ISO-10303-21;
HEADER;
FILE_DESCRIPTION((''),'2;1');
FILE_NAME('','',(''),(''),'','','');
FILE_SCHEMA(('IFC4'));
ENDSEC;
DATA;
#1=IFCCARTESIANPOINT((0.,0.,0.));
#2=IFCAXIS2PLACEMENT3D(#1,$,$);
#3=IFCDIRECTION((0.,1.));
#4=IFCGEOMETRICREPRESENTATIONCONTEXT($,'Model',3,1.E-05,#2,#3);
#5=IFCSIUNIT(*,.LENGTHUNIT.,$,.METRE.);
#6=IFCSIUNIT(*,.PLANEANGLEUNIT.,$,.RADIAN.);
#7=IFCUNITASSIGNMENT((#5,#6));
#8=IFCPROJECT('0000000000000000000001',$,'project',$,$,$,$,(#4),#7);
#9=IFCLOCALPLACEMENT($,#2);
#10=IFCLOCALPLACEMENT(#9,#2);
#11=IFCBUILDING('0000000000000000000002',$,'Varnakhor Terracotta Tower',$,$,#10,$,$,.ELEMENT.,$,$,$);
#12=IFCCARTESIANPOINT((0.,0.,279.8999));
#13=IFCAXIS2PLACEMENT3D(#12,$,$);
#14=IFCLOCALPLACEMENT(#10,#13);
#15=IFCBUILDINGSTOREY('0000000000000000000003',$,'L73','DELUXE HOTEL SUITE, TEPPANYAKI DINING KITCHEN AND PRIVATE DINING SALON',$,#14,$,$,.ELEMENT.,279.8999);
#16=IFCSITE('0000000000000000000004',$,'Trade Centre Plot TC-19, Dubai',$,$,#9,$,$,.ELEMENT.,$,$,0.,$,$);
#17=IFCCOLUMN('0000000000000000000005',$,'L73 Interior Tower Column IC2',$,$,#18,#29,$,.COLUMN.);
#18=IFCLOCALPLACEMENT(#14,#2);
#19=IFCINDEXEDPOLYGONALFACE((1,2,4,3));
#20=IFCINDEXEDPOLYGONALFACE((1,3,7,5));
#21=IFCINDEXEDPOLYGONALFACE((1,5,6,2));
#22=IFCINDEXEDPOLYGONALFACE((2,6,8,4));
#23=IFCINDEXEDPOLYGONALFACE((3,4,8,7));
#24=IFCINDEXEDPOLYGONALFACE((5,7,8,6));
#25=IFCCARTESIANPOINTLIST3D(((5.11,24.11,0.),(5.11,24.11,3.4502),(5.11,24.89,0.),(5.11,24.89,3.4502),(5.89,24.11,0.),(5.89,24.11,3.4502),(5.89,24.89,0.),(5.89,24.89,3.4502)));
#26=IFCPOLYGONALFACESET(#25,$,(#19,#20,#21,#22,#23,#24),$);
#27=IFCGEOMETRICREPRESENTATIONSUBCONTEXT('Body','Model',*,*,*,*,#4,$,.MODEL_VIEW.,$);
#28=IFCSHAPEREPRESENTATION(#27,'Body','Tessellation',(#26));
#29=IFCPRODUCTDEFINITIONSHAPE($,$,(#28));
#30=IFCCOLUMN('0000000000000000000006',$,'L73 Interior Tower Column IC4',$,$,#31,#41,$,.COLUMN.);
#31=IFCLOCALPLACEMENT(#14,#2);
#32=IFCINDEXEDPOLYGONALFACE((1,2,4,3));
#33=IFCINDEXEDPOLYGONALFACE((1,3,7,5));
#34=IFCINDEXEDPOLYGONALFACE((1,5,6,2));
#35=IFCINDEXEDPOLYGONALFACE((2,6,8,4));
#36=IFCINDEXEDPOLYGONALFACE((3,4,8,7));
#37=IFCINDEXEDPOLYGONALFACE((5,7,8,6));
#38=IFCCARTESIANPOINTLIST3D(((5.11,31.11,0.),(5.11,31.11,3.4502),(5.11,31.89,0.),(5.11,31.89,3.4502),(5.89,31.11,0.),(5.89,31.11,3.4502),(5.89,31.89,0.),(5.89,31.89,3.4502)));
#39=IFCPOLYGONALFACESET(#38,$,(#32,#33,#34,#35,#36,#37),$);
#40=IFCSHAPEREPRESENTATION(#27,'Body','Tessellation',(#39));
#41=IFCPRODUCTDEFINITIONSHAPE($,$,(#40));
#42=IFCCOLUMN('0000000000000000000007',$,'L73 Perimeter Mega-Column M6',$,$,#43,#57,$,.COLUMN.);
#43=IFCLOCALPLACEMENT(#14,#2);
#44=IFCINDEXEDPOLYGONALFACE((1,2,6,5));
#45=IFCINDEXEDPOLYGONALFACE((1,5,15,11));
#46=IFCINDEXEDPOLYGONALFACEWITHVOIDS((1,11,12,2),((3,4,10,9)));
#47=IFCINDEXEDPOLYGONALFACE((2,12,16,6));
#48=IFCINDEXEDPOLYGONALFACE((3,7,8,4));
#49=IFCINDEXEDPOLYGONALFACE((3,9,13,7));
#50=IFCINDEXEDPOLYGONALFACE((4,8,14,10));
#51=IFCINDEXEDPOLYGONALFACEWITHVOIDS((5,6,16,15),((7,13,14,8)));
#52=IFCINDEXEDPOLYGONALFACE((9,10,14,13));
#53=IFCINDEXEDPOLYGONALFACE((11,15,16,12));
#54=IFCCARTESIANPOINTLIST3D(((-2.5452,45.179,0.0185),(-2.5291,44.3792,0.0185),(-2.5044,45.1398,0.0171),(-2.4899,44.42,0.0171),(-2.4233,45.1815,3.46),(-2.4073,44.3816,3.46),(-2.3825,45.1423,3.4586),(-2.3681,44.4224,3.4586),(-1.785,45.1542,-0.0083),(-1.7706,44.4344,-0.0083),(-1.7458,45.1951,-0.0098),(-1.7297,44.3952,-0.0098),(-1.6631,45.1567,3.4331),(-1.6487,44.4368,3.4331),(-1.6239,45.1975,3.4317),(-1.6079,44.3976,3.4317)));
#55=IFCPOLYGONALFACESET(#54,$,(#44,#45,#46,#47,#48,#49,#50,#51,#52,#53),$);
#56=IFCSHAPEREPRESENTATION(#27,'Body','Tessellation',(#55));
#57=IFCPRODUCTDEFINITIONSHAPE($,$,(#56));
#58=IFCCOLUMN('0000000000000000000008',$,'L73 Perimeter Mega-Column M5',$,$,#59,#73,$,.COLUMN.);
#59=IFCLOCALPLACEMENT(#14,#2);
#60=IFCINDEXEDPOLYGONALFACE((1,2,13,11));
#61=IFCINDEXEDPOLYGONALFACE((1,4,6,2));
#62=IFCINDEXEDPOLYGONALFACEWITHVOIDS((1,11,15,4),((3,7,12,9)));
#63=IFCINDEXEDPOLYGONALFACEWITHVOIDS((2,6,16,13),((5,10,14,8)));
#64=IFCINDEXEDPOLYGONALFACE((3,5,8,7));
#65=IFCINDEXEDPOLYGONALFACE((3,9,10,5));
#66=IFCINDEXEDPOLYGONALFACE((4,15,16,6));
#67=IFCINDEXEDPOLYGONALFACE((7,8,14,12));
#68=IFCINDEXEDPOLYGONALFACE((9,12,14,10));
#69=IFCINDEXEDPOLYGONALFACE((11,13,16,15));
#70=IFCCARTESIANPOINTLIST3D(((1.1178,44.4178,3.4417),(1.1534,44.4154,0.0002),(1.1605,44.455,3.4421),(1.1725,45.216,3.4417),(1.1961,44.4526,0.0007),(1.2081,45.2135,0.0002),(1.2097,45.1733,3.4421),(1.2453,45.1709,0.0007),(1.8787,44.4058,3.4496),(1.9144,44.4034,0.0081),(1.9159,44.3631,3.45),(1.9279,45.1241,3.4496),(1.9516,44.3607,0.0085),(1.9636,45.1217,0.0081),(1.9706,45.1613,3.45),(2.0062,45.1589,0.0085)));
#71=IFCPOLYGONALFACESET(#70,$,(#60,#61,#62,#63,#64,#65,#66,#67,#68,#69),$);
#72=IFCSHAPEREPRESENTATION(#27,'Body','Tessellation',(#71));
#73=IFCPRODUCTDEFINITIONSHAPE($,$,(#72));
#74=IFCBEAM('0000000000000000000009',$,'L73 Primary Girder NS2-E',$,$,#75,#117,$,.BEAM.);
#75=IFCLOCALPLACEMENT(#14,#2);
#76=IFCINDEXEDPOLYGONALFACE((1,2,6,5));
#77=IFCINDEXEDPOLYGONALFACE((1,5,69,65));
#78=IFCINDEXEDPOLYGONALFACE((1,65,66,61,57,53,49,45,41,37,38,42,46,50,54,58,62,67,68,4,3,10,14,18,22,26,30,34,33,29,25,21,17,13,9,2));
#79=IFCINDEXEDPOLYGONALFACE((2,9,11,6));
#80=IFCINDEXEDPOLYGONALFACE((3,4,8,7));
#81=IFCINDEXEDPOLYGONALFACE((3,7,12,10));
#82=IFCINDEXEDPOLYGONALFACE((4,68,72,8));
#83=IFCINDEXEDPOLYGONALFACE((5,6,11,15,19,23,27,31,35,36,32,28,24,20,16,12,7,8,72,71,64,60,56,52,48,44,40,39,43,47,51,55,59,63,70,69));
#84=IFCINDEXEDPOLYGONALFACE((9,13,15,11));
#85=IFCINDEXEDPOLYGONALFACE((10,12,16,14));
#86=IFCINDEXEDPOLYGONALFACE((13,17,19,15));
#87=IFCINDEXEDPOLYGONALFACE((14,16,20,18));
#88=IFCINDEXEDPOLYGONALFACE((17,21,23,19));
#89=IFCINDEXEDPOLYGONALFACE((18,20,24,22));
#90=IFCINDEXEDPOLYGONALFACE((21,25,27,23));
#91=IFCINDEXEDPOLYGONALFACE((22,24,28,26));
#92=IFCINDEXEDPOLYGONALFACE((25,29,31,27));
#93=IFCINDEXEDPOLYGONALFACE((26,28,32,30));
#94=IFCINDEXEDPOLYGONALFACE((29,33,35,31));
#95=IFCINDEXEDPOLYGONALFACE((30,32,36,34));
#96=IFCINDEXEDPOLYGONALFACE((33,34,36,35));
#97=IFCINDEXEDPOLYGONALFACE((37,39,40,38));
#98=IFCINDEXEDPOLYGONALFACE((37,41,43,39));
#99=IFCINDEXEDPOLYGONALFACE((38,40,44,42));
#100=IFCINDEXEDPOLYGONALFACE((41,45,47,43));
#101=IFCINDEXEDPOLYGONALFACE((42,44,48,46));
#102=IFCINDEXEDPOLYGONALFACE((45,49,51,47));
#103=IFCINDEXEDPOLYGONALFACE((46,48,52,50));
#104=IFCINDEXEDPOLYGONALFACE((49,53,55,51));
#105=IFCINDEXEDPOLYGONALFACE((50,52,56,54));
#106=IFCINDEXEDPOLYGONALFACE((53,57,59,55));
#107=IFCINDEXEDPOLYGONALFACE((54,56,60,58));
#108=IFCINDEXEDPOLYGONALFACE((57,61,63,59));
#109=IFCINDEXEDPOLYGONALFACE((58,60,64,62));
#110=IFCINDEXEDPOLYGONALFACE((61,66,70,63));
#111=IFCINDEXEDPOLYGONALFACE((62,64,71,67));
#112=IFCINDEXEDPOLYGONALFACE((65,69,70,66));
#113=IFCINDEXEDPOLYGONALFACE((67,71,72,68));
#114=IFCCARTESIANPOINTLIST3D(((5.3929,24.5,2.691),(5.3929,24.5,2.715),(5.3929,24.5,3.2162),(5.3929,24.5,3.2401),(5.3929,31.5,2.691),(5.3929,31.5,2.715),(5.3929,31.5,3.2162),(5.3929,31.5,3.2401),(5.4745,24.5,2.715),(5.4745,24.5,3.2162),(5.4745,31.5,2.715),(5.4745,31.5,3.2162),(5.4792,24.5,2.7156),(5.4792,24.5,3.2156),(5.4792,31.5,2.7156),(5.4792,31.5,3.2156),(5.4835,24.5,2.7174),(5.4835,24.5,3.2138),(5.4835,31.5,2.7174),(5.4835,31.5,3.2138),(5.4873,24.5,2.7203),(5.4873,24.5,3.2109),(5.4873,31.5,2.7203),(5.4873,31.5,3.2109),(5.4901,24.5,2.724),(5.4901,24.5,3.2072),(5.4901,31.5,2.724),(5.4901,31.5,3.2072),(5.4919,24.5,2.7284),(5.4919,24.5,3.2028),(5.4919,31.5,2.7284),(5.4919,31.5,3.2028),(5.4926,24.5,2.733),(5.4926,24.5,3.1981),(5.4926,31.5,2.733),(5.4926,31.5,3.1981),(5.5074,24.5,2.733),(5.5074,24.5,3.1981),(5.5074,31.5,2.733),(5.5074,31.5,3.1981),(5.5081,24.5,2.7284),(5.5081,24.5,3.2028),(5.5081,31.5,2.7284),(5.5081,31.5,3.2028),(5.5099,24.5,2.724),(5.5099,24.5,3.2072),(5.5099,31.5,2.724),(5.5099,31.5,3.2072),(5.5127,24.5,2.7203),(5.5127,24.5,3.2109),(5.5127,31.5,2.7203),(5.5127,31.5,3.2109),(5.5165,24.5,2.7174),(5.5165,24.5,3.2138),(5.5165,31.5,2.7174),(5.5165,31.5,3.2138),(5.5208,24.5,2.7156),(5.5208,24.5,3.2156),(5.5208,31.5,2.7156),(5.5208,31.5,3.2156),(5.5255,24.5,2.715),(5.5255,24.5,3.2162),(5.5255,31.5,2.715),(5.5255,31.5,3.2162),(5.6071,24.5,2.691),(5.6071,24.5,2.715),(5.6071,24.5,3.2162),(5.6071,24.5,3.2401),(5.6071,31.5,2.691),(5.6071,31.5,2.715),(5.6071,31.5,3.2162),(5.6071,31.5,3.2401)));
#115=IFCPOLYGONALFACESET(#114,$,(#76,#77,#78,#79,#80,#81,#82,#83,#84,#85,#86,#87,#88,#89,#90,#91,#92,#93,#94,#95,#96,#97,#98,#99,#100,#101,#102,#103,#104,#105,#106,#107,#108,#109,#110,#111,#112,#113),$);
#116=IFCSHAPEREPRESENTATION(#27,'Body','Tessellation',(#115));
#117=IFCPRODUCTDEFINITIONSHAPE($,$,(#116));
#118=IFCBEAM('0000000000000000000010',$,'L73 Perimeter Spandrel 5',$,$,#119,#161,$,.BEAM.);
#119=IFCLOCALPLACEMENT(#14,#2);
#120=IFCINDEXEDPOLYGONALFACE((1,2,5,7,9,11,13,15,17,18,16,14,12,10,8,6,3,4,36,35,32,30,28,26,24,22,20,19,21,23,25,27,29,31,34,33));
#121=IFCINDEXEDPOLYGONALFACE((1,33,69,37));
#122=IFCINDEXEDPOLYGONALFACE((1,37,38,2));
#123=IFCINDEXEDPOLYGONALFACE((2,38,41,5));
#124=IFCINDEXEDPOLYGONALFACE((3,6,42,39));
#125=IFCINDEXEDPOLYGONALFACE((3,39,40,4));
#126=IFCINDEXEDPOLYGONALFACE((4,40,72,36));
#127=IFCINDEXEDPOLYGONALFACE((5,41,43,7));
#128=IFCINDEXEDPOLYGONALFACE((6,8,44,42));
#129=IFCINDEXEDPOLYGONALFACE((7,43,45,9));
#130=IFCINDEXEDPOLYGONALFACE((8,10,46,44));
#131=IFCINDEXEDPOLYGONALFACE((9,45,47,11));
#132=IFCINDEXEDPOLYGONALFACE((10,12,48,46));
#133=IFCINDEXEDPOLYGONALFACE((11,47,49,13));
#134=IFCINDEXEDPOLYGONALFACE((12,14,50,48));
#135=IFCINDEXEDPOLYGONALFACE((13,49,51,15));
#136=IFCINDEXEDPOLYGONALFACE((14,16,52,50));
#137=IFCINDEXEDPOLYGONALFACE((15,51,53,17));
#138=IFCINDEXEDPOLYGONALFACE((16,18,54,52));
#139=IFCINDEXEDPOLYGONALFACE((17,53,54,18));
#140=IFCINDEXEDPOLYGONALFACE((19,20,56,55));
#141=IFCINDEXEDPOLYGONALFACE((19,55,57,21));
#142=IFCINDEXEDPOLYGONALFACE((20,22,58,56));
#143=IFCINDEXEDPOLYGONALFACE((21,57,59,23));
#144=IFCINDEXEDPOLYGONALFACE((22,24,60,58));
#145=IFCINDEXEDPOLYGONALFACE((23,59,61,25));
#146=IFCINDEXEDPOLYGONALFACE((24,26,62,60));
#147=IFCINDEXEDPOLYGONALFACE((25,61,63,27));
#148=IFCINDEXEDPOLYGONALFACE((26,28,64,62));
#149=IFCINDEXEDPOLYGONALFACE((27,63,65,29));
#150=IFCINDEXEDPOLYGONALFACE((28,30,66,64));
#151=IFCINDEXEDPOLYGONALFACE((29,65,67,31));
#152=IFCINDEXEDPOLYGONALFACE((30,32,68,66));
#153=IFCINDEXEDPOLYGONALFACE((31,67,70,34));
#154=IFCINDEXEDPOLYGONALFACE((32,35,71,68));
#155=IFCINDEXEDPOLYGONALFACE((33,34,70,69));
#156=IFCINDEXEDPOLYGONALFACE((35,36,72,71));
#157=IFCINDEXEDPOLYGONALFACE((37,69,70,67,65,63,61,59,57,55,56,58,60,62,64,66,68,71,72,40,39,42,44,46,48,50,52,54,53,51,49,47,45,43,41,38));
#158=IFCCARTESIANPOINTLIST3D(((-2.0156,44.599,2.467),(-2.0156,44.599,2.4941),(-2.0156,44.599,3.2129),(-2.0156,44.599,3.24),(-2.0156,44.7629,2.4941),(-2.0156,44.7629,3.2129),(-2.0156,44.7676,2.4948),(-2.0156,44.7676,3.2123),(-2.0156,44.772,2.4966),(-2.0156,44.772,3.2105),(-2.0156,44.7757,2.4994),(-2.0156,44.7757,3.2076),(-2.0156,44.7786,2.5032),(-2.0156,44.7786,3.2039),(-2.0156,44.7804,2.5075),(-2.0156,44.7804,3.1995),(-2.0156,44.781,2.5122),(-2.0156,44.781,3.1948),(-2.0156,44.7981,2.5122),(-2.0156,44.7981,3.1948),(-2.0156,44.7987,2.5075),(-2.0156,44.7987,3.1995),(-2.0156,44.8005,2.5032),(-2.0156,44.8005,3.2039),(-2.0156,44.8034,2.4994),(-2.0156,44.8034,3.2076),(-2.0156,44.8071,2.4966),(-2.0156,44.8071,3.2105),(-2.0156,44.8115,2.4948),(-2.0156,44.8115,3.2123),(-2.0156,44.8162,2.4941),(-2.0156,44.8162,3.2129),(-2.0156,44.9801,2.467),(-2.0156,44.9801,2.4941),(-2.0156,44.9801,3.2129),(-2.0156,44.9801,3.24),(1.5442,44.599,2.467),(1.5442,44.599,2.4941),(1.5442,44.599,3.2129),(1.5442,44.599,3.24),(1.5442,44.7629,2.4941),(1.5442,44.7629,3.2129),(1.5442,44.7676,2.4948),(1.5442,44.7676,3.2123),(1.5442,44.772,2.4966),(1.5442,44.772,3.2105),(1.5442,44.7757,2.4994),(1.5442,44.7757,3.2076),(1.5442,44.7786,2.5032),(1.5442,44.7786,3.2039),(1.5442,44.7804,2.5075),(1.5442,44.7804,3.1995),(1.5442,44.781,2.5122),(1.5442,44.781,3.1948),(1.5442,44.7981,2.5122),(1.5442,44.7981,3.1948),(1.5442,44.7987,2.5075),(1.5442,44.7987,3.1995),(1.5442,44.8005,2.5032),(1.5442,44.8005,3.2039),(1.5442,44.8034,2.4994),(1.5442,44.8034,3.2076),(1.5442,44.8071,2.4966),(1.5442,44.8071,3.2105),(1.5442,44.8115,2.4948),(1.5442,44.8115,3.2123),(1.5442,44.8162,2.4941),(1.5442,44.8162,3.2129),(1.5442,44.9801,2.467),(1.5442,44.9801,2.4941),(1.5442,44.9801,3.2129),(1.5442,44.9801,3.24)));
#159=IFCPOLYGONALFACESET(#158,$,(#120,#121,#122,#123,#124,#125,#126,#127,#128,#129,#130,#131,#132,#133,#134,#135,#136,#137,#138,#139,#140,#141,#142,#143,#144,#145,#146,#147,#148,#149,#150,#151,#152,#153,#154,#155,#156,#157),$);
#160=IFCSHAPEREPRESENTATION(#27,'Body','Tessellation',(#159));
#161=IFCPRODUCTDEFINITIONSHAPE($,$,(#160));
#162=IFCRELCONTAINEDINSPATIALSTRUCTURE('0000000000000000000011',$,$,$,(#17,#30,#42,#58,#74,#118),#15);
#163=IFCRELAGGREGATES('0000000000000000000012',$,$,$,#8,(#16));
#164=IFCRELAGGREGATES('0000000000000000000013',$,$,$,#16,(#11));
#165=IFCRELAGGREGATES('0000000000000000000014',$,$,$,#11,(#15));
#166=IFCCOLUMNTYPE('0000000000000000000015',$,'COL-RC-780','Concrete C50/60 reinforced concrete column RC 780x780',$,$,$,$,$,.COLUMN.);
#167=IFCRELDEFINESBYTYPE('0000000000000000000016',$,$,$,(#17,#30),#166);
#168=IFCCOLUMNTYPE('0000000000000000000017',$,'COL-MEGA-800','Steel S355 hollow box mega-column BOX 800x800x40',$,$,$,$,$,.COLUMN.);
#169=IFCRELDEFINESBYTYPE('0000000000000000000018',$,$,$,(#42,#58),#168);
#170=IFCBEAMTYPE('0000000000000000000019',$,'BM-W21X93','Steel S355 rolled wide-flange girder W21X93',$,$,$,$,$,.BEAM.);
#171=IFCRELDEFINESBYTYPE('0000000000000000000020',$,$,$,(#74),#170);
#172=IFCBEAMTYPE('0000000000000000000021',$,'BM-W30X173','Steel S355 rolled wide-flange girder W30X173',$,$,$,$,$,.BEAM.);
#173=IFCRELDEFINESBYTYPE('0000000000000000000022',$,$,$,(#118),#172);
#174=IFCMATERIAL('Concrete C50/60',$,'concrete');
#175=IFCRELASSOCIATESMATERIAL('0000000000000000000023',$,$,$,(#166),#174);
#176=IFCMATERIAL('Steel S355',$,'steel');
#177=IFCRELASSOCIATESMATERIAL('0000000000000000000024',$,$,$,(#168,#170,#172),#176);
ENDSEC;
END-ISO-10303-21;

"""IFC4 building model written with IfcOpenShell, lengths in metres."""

from ifc_helpers import new_model, si_unit, direction, frame, origin, origin_2d, place, context, subcontext, project, spatial, rectangle, hollow_rectangle, i_section, extrude, source, transform, mapped, material, material_profile, profile_set, type_object, element, save


model = new_model("IFC4")

# Units and contexts
model_context = context("Model", 3, precision=1e-05, world=origin(), true_north=direction((0.0, 1.0)))
body_context = subcontext(model_context, "Body", "Model", "MODEL_VIEW")
ifc_project = project(units=[si_unit("LENGTHUNIT", "METRE"), si_unit("PLANEANGLEUNIT", "RADIAN")], contexts=[model_context])

# Site, building, storey
site_placement = place(None, origin())
site = spatial("IfcSite", under=ifc_project, at=site_placement, Name="Trade Centre Plot TC-19, Dubai", CompositionType="ELEMENT", RefElevation=0.0)
building_placement = place(site_placement, origin())
building = spatial("IfcBuilding", under=site, at=building_placement, Name="Varnakhor Terracotta Tower", CompositionType="ELEMENT")
storey_placement = place(building_placement, frame((0.0, 0.0, 279.8999)))
storey = spatial("IfcBuildingStorey", under=building, at=storey_placement, Name="L73", Description="DELUXE HOTEL SUITE, TEPPANYAKI DINING KITCHEN AND PRIVATE DINING SALON", CompositionType="ELEMENT", Elevation=279.8999)

# Columns
ifc_material_1 = material(Name="Concrete C50/60", Category="concrete")
ifc_material_profile_1 = material_profile(ifc_material_1, rectangle(XDim=0.78, YDim=0.78, at=origin_2d()), Name="RC 780x780")
ifc_profile_set_1 = profile_set([ifc_material_profile_1], Name="Concrete C50/60")
column_type_1 = type_object("IfcColumnType", Name="COL-RC-780", Description="Concrete C50/60 reinforced concrete column RC 780x780", PredefinedType="COLUMN", material=ifc_profile_set_1)
shared_shape_1 = source(origin(), body_context, "Body", "SweptSolid", [
    extrude(rectangle(XDim=0.78, YDim=0.78, at=origin_2d()), origin(), (0.0, 0.0, 1.0), 3.4502),
])
for number, where, z_axis, x_axis, name in (
    (1, (5.5, 24.5, 0.0), (0.0, 0.0, 1.0), (1.0, 0.0, 0.0), "L73 Interior Tower Column IC2"),
    (2, (5.5, 31.5, 0.0), (0.0, 0.0, 1.0), (1.0, 0.0, 0.0), "L73 Interior Tower Column IC4"),
):
    element("IfcColumn", number, at=place(storey_placement, frame(where, z_axis=z_axis, x_axis=x_axis)), inside=storey, type_object=column_type_1, Name=name, PredefinedType="COLUMN", context=body_context, shape_type="MappedRepresentation", body=[
        mapped(shared_shape_1, transform((0.0, 0.0, 0.0), scale=1.0)),
    ])
ifc_material_2 = material(Name="Steel S355", Category="steel")
ifc_material_profile_2 = material_profile(ifc_material_2, hollow_rectangle(XDim=0.8, YDim=0.8, WallThickness=0.04, at=origin_2d()), Name="BOX 800x800x40")
ifc_profile_set_2 = profile_set([ifc_material_profile_2], Name="Steel S355")
column_type_2 = type_object("IfcColumnType", Name="COL-MEGA-800", Description="Steel S355 hollow box mega-column BOX 800x800x40", PredefinedType="COLUMN", material=ifc_profile_set_2)
shared_shape_2 = source(origin(), body_context, "Body", "SweptSolid", [
    extrude(hollow_rectangle(XDim=0.8, YDim=0.8, WallThickness=0.04, at=origin_2d()), origin(), (0.0, 0.0, 1.0), 3.4436),
])
column_1_placement = place(storey_placement, frame((-2.1375, 44.7871, 0.0044), z_axis=(0.035378, 0.000709, 0.999374), x_axis=(-0.020036, 0.999799, 0.0)))
element("IfcColumn", 3, at=column_1_placement, inside=storey, type_object=column_type_2, Name="L73 Perimeter Mega-Column M6", PredefinedType="COLUMN", context=body_context, shape_type="MappedRepresentation", body=[
    mapped(shared_shape_2, transform((0.0, 0.0, 0.0), scale=1.0)),
])
shared_shape_3 = source(origin(), body_context, "Body", "SweptSolid", [
    extrude(hollow_rectangle(XDim=0.8, YDim=0.8, WallThickness=0.04, at=origin_2d()), origin(), (0.0, 0.0, 1.0), 3.4417),
])
column_2_placement = place(storey_placement, frame((1.5798, 44.7871, 0.0044), z_axis=(-0.010357, 0.000709, 0.999946), x_axis=(-0.068333, -0.997663, 0.0)))
element("IfcColumn", 4, at=column_2_placement, inside=storey, type_object=column_type_2, Name="L73 Perimeter Mega-Column M5", PredefinedType="COLUMN", context=body_context, shape_type="MappedRepresentation", body=[
    mapped(shared_shape_3, transform((0.0, 0.0, 0.0), scale=1.0)),
])

# Beams
ifc_material_profile_3 = material_profile(ifc_material_2, i_section(OverallWidth=0.2141, OverallDepth=0.5491, WebThickness=0.0149, FlangeThickness=0.0239, FilletRadius=0.0181, at=origin_2d()), Name="W21X93")
ifc_profile_set_3 = profile_set([ifc_material_profile_3], Name="Steel S355")
beam_type_1 = type_object("IfcBeamType", Name="BM-W21X93", Description="Steel S355 rolled wide-flange girder W21X93", PredefinedType="BEAM", material=ifc_profile_set_3)
shared_shape_4 = source(origin(), body_context, "Body", "SweptSolid", [
    extrude(i_section(OverallWidth=0.2141, OverallDepth=0.5491, WebThickness=0.0149, FlangeThickness=0.0239, FilletRadius=0.0181, at=origin_2d()), origin(), (0.0, 0.0, 1.0), 7.0),
])
beam_1_placement = place(storey_placement, frame((5.5, 24.5, 2.9656), z_axis=(0.0, 1.0, 0.0), x_axis=(-1.0, 0.0, 0.0)))
element("IfcBeam", 5, at=beam_1_placement, inside=storey, type_object=beam_type_1, Name="L73 Primary Girder NS2-E", PredefinedType="BEAM", context=body_context, shape_type="MappedRepresentation", body=[
    mapped(shared_shape_4, transform((0.0, 0.0, 0.0), scale=1.0)),
])
ifc_material_profile_4 = material_profile(ifc_material_2, i_section(OverallWidth=0.3811, OverallDepth=0.7729, WebThickness=0.0171, FlangeThickness=0.0271, FilletRadius=0.0181, at=origin_2d()), Name="W30X173")
ifc_profile_set_4 = profile_set([ifc_material_profile_4], Name="Steel S355")
beam_type_2 = type_object("IfcBeamType", Name="BM-W30X173", Description="Steel S355 rolled wide-flange girder W30X173", PredefinedType="BEAM", material=ifc_profile_set_4)
shared_shape_5 = source(origin(), body_context, "Body", "SweptSolid", [
    extrude(i_section(OverallWidth=0.3811, OverallDepth=0.7729, WebThickness=0.0171, FlangeThickness=0.0271, FilletRadius=0.0181, at=origin_2d()), origin(), (0.0, 0.0, 1.0), 3.5598),
])
beam_2_placement = place(storey_placement, frame((1.5442, 44.7896, 2.8535), z_axis=(-1.0, 0.0, 0.0), x_axis=(0.0, -1.0, 0.0)))
element("IfcBeam", 6, at=beam_2_placement, inside=storey, type_object=beam_type_2, Name="L73 Perimeter Spandrel 5", PredefinedType="BEAM", context=body_context, shape_type="MappedRepresentation", body=[
    mapped(shared_shape_5, transform((0.0, 0.0, 0.0), scale=1.0)),
])

save(model, "model.ifc")
